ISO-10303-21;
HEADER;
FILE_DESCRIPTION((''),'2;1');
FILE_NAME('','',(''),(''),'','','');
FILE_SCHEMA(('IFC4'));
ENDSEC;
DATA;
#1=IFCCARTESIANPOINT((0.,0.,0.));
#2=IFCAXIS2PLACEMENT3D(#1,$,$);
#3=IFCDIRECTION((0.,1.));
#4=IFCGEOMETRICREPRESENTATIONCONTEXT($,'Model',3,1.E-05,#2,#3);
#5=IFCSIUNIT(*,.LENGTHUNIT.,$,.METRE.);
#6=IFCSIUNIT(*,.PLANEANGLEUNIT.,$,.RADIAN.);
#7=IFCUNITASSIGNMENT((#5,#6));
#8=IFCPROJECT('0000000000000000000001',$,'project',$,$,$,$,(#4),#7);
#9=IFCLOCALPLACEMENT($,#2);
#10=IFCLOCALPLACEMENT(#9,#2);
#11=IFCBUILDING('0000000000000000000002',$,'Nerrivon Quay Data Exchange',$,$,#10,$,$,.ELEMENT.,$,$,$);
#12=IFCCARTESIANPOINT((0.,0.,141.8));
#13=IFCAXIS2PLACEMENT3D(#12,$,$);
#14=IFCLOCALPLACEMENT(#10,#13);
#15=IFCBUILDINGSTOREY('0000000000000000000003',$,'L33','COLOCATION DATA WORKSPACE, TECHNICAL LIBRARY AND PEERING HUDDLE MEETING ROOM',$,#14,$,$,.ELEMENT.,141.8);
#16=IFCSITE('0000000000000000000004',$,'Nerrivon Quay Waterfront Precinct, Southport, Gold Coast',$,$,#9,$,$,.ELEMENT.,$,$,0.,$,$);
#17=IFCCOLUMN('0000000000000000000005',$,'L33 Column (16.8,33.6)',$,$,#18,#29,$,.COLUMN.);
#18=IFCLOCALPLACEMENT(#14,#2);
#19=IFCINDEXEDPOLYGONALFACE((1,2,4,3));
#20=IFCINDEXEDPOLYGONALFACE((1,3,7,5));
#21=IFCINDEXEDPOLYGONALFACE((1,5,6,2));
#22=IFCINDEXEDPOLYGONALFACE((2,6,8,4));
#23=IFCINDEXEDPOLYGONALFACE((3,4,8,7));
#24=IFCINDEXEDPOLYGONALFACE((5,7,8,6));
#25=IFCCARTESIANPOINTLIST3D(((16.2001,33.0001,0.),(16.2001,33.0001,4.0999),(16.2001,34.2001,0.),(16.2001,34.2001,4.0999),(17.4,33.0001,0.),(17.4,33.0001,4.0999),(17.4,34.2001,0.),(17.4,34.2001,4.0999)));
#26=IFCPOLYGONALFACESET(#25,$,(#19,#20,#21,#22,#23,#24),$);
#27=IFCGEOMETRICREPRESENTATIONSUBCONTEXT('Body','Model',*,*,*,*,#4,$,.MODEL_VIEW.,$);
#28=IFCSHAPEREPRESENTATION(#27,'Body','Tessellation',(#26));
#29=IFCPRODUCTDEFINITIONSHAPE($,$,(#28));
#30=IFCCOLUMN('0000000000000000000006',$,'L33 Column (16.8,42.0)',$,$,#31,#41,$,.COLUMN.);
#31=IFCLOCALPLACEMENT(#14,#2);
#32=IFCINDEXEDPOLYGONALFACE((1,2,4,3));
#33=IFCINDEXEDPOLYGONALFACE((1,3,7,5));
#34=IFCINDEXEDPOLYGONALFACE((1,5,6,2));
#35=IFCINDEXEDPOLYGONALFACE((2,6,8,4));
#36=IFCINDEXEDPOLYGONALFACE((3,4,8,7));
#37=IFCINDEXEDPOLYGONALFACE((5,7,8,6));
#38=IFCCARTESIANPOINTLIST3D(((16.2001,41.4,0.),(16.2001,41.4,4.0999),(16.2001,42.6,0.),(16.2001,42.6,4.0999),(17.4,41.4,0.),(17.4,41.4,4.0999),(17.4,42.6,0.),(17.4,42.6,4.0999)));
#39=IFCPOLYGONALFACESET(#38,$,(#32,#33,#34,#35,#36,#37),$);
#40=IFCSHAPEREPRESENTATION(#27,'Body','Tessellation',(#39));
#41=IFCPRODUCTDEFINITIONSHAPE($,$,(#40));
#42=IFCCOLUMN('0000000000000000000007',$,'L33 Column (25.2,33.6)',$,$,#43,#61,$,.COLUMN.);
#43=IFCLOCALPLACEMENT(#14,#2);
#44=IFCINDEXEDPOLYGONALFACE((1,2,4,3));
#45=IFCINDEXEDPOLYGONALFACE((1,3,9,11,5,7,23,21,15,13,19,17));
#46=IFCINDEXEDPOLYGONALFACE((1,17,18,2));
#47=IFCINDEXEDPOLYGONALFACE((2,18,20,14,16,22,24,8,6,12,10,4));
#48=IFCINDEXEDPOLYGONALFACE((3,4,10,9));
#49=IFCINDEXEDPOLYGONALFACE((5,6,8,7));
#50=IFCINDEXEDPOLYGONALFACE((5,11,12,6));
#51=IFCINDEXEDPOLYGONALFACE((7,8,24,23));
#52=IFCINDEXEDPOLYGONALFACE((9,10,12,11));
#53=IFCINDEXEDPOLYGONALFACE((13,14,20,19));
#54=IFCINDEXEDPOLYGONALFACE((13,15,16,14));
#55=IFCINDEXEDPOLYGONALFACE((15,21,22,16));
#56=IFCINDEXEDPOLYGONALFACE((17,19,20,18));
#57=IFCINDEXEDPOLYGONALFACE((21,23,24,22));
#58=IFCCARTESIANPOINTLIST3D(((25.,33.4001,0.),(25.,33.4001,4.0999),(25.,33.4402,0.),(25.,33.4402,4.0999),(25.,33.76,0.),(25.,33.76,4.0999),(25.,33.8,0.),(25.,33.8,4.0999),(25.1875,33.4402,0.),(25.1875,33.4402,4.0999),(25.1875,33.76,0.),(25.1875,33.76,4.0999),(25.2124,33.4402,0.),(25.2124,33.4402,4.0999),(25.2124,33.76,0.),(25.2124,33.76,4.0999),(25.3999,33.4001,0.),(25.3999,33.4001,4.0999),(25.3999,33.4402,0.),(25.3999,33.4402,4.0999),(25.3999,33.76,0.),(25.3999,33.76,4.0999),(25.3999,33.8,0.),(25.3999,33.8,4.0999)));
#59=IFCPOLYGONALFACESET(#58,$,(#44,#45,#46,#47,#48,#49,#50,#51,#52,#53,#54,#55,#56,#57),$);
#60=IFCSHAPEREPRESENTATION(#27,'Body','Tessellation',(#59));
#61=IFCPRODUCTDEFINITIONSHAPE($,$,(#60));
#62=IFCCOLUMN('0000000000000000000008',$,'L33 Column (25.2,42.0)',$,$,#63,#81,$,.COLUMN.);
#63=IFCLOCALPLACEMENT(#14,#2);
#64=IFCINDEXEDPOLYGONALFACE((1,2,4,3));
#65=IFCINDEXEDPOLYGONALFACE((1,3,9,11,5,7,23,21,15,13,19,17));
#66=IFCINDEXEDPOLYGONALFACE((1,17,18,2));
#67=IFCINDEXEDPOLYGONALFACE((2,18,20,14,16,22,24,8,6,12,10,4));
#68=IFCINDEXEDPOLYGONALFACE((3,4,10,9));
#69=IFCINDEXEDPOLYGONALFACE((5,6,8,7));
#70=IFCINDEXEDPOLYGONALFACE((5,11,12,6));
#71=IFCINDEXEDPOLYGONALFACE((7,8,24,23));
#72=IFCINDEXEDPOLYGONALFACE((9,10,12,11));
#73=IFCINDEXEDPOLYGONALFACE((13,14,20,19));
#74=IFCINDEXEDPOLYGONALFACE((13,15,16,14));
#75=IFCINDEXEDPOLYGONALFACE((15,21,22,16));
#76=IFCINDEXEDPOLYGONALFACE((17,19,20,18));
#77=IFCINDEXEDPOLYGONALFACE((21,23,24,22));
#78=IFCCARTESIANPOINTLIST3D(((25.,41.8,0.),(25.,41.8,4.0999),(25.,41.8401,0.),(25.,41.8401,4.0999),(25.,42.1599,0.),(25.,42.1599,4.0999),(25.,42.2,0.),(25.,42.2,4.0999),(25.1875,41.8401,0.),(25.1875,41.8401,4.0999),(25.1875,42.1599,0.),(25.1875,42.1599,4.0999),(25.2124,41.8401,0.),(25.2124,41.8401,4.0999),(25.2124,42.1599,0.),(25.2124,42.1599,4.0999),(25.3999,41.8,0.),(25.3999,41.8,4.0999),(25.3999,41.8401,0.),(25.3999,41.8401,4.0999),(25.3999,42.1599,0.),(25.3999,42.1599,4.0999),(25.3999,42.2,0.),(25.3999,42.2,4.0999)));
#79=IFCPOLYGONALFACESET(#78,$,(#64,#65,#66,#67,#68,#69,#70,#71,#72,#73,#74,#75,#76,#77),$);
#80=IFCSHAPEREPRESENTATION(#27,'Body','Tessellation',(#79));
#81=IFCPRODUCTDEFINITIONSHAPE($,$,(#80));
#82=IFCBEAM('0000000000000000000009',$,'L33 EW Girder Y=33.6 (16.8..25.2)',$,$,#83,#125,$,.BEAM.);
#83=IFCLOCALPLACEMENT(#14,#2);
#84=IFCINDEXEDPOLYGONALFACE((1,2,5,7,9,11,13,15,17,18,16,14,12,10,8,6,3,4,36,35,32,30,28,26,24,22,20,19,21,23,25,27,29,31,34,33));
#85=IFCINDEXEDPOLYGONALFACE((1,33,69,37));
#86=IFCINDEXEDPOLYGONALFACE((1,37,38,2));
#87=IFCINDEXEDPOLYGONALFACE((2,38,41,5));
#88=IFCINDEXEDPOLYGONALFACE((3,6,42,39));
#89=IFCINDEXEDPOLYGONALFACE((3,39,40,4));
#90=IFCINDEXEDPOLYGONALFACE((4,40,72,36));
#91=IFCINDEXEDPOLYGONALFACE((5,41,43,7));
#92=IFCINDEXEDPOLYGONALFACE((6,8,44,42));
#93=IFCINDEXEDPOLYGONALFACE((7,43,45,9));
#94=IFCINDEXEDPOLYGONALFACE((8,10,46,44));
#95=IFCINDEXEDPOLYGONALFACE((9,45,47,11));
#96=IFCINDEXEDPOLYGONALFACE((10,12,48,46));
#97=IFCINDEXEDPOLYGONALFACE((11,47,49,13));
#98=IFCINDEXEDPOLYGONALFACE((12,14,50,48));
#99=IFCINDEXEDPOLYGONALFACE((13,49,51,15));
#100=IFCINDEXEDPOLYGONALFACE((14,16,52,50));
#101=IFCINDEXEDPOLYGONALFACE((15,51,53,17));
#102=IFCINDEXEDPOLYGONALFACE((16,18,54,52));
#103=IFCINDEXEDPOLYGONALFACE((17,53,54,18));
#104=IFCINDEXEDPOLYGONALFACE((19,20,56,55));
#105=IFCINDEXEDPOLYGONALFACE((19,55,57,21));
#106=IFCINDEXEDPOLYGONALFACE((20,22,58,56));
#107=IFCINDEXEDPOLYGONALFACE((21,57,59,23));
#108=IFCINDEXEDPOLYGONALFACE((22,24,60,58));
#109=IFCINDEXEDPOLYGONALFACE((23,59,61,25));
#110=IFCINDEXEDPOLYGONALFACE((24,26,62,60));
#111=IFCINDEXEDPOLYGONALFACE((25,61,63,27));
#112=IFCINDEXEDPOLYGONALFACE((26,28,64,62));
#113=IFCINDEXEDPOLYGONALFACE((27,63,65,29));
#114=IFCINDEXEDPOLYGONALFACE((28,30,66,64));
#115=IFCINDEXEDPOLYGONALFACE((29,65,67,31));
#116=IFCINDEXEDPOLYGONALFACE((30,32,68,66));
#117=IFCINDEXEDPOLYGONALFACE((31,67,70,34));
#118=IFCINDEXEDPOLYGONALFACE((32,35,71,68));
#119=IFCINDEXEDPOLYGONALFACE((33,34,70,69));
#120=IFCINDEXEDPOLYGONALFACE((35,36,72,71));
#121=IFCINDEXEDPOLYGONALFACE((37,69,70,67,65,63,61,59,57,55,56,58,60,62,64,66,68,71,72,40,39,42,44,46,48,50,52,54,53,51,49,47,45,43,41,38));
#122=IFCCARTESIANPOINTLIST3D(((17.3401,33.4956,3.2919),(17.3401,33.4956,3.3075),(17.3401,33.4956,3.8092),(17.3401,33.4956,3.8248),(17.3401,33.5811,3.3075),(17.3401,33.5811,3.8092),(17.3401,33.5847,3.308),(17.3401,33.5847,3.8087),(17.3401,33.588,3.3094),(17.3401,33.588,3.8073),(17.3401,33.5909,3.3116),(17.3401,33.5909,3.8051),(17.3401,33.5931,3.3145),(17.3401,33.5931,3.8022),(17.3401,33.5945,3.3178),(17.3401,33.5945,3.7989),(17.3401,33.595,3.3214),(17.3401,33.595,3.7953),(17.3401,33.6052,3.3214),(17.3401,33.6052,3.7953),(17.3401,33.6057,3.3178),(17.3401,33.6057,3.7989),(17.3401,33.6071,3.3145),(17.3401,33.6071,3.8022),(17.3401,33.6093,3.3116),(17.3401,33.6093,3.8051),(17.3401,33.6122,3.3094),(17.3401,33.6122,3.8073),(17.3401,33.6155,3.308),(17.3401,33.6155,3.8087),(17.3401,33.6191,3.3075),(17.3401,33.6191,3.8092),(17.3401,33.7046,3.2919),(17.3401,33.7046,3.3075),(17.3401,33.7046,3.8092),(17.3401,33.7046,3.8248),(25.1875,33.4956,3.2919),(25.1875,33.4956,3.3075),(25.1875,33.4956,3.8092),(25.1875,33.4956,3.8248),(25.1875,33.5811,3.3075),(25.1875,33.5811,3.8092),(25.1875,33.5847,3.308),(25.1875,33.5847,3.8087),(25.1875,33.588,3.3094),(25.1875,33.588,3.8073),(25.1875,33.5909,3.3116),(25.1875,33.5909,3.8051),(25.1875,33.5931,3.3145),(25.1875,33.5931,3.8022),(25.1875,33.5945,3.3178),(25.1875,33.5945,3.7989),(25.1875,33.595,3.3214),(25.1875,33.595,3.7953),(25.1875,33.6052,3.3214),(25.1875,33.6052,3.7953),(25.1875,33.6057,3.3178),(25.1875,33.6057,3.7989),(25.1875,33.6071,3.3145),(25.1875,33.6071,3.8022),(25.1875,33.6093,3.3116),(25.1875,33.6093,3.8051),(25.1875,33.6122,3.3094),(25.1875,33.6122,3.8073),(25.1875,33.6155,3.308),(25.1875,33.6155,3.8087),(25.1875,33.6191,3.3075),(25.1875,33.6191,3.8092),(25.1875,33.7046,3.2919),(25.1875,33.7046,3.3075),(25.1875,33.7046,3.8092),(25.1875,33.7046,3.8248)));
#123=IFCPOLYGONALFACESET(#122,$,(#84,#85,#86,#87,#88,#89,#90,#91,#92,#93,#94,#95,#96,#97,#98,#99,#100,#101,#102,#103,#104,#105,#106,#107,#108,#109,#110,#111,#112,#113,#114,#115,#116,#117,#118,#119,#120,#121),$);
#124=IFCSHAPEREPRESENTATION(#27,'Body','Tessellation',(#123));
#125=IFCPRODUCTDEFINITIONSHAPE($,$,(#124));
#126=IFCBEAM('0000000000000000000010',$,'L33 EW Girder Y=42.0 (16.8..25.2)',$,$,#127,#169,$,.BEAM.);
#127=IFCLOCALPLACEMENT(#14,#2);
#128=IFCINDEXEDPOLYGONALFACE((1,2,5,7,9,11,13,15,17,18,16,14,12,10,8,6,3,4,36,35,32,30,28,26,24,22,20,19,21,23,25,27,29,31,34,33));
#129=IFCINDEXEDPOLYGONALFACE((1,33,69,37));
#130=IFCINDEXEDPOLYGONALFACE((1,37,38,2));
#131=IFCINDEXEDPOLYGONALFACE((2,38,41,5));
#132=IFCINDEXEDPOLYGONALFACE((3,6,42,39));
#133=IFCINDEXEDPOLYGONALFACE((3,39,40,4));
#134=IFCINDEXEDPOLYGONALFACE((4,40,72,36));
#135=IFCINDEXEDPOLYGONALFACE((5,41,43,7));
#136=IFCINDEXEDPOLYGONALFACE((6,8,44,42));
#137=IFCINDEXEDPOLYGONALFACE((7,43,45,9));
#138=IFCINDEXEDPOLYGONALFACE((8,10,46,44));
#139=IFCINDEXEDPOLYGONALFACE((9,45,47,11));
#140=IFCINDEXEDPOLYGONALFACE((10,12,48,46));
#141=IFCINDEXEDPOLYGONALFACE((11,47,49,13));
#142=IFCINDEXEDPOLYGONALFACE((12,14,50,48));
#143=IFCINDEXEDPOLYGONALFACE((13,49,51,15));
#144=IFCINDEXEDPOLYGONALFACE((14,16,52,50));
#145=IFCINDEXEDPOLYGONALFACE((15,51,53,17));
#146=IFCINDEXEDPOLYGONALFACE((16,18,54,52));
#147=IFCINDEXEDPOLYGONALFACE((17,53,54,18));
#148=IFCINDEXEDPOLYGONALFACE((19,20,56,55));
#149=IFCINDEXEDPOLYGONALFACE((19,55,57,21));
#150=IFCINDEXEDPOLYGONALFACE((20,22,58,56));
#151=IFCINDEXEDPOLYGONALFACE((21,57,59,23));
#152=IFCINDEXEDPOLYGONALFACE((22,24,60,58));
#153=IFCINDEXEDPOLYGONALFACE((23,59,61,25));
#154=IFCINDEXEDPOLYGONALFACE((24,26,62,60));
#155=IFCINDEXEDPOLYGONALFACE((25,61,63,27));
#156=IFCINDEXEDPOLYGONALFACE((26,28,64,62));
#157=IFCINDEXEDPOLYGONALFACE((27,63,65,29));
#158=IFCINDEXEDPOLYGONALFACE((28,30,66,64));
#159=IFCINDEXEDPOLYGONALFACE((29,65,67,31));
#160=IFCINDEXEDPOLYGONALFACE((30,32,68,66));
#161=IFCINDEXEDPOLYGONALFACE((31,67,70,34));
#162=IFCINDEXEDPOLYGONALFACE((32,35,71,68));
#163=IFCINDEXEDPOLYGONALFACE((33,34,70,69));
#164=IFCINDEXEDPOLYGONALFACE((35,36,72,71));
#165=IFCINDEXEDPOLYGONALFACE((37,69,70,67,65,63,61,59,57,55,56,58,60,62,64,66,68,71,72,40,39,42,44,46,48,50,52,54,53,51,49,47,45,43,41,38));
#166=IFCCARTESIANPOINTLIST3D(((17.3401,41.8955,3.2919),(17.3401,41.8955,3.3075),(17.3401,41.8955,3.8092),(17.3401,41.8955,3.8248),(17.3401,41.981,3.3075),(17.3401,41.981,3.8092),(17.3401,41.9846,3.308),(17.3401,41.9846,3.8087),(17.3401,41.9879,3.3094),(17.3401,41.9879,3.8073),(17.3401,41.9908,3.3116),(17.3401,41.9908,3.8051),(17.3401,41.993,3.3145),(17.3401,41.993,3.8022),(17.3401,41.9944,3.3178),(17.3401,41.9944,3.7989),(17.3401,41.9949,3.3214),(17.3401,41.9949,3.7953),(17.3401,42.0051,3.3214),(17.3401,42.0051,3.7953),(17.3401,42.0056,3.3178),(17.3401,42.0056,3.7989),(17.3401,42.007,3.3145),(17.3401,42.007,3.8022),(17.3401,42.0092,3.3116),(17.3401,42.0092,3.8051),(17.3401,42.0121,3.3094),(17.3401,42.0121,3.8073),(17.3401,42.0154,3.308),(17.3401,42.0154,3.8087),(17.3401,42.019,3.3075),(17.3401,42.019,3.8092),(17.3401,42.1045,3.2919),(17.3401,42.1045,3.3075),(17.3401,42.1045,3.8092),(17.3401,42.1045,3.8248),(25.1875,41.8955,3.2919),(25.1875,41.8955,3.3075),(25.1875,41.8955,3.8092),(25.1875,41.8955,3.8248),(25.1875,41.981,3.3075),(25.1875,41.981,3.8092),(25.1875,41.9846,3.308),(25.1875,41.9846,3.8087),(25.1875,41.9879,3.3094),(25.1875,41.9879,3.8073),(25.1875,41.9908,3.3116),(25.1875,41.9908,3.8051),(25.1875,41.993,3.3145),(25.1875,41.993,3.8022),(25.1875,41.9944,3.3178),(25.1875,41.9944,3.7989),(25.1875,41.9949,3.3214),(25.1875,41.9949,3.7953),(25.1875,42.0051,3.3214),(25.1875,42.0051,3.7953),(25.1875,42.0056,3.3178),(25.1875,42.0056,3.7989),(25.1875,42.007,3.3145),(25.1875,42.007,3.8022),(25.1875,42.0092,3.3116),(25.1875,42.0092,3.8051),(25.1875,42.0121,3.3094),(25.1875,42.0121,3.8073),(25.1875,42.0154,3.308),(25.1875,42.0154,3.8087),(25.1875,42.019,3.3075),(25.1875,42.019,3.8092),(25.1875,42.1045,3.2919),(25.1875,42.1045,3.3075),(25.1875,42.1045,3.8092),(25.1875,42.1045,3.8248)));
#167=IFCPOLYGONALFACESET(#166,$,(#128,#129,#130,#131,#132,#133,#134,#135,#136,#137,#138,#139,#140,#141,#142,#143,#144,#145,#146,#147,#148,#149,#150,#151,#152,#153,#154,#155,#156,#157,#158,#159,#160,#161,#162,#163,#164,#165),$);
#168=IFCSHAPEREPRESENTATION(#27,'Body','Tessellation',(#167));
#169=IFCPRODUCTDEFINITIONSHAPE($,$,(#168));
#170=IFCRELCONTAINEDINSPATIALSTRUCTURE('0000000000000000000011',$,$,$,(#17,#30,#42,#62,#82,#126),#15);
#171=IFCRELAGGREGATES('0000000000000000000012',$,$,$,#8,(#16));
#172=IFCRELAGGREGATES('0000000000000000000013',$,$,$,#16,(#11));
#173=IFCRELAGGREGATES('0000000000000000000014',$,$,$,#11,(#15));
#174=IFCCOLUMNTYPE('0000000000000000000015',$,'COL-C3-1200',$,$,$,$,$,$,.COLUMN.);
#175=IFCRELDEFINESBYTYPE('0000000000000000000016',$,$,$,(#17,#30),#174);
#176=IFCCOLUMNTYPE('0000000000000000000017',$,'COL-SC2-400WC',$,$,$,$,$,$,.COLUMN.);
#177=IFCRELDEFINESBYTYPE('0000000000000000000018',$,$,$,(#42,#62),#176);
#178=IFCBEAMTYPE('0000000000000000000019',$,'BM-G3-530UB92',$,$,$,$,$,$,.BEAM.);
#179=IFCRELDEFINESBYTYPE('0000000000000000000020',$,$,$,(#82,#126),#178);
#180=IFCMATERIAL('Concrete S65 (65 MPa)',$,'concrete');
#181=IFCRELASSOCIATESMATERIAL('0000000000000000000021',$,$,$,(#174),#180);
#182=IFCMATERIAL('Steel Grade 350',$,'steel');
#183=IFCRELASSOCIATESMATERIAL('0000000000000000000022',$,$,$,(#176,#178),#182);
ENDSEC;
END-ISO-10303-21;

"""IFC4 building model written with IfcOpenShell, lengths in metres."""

from ifc_helpers import new_model, si_unit, direction, frame, origin, origin_2d, place, context, subcontext, project, spatial, rectangle, i_section, extrude, material, material_profile, profile_set, type_object, element, save


model = new_model("IFC4")

# Units and contexts
model_context = context("Model", 3, precision=1e-05, world=origin(), true_north=direction((0.0, 1.0)))
body_context = subcontext(model_context, "Body", "Model", "MODEL_VIEW")
ifc_project = project(units=[si_unit("LENGTHUNIT", "METRE"), si_unit("PLANEANGLEUNIT", "RADIAN")], contexts=[model_context])

# Site, building, storey
site_placement = place(None, origin())
site = spatial("IfcSite", under=ifc_project, at=site_placement, Name="Nerrivon Quay Waterfront Precinct, Southport, Gold Coast", CompositionType="ELEMENT", RefElevation=0.0)
building_placement = place(site_placement, origin())
building = spatial("IfcBuilding", under=site, at=building_placement, Name="Nerrivon Quay Data Exchange", CompositionType="ELEMENT")
storey_placement = place(building_placement, frame((0.0, 0.0, 141.8)))
storey = spatial("IfcBuildingStorey", under=building, at=storey_placement, Name="L33", Description="COLOCATION DATA WORKSPACE, TECHNICAL LIBRARY AND PEERING HUDDLE MEETING ROOM", CompositionType="ELEMENT", Elevation=141.8)

# Columns
ifc_material_1 = material(Name="Concrete S65 (65 MPa)", Category="concrete")
ifc_material_profile_1 = material_profile(ifc_material_1, rectangle(XDim=1.2, YDim=1.2, at=origin_2d()), Name="RC-COL-1200x1200")
ifc_profile_set_1 = profile_set([ifc_material_profile_1], Name="Concrete S65 (65 MPa)")
column_type_1 = type_object("IfcColumnType", Name="COL-C3-1200", PredefinedType="COLUMN", material=ifc_profile_set_1)
for number, where, z_axis, x_axis, name in (
    (1, (16.8, 33.6001, 0.0), (0.0, 0.0, 1.0), (1.0, 0.0, 0.0), "L33 Column (16.8,33.6)"),
    (2, (16.8, 42.0, 0.0), (0.0, 0.0, 1.0), (1.0, 0.0, 0.0), "L33 Column (16.8,42.0)"),
):
    element("IfcColumn", number, at=place(storey_placement, frame(where, z_axis=z_axis, x_axis=x_axis)), inside=storey, type_object=column_type_1, Name=name, PredefinedType="COLUMN", context=body_context, shape_type="SweptSolid", body=[
        extrude(rectangle(XDim=1.2, YDim=1.2, at=origin_2d()), origin(), (0.0, 0.0, 1.0), 4.0999),
    ])
ifc_material_2 = material(Name="Steel Grade 350", Category="steel")
ifc_material_profile_2 = material_profile(ifc_material_2, i_section(OverallWidth=0.3999, OverallDepth=0.3999, WebThickness=0.0249, FlangeThickness=0.04, at=origin_2d()), Name="400WC328")
ifc_profile_set_2 = profile_set([ifc_material_profile_2], Name="Steel Grade 350")
column_type_2 = type_object("IfcColumnType", Name="COL-SC2-400WC", PredefinedType="COLUMN", material=ifc_profile_set_2)
for number, where, z_axis, x_axis, name in (
    (3, (25.2, 33.6001, 0.0), (0.0, 0.0, 1.0), (1.0, 0.0, 0.0), "L33 Column (25.2,33.6)"),
    (4, (25.2, 42.0, 0.0), (0.0, 0.0, 1.0), (1.0, 0.0, 0.0), "L33 Column (25.2,42.0)"),
):
    element("IfcColumn", number, at=place(storey_placement, frame(where, z_axis=z_axis, x_axis=x_axis)), inside=storey, type_object=column_type_2, Name=name, PredefinedType="COLUMN", context=body_context, shape_type="SweptSolid", body=[
        extrude(i_section(OverallWidth=0.3999, OverallDepth=0.3999, WebThickness=0.0249, FlangeThickness=0.04, at=origin_2d()), origin(), (0.0, 0.0, 1.0), 4.0999),
    ])

# Beams
ifc_material_profile_3 = material_profile(ifc_material_2, i_section(OverallWidth=0.209, OverallDepth=0.533, WebThickness=0.0103, FlangeThickness=0.0156, FilletRadius=0.0139, at=origin_2d()), Name="530UB92.4")
ifc_profile_set_3 = profile_set([ifc_material_profile_3], Name="Steel Grade 350")
beam_type_1 = type_object("IfcBeamType", Name="BM-G3-530UB92", PredefinedType="BEAM", material=ifc_profile_set_3)
for number, where, z_axis, x_axis, name in (
    (5, (17.3401, 33.6001, 3.5583), (1.0, 0.0, 0.0), (0.0, 1.0, 0.0), "L33 EW Girder Y=33.6 (16.8..25.2)"),
    (6, (17.3401, 42.0, 3.5583), (1.0, 0.0, 0.0), (0.0, 1.0, 0.0), "L33 EW Girder Y=42.0 (16.8..25.2)"),
):
    element("IfcBeam", number, at=place(storey_placement, frame(where, z_axis=z_axis, x_axis=x_axis)), inside=storey, type_object=beam_type_1, Name=name, PredefinedType="BEAM", context=body_context, shape_type="SweptSolid", body=[
        extrude(i_section(OverallWidth=0.209, OverallDepth=0.533, WebThickness=0.0103, FlangeThickness=0.0156, FilletRadius=0.0139, at=origin_2d()), origin(), (0.0, 0.0, 1.0), 7.8474),
    ])

save(model, "model.ifc")
